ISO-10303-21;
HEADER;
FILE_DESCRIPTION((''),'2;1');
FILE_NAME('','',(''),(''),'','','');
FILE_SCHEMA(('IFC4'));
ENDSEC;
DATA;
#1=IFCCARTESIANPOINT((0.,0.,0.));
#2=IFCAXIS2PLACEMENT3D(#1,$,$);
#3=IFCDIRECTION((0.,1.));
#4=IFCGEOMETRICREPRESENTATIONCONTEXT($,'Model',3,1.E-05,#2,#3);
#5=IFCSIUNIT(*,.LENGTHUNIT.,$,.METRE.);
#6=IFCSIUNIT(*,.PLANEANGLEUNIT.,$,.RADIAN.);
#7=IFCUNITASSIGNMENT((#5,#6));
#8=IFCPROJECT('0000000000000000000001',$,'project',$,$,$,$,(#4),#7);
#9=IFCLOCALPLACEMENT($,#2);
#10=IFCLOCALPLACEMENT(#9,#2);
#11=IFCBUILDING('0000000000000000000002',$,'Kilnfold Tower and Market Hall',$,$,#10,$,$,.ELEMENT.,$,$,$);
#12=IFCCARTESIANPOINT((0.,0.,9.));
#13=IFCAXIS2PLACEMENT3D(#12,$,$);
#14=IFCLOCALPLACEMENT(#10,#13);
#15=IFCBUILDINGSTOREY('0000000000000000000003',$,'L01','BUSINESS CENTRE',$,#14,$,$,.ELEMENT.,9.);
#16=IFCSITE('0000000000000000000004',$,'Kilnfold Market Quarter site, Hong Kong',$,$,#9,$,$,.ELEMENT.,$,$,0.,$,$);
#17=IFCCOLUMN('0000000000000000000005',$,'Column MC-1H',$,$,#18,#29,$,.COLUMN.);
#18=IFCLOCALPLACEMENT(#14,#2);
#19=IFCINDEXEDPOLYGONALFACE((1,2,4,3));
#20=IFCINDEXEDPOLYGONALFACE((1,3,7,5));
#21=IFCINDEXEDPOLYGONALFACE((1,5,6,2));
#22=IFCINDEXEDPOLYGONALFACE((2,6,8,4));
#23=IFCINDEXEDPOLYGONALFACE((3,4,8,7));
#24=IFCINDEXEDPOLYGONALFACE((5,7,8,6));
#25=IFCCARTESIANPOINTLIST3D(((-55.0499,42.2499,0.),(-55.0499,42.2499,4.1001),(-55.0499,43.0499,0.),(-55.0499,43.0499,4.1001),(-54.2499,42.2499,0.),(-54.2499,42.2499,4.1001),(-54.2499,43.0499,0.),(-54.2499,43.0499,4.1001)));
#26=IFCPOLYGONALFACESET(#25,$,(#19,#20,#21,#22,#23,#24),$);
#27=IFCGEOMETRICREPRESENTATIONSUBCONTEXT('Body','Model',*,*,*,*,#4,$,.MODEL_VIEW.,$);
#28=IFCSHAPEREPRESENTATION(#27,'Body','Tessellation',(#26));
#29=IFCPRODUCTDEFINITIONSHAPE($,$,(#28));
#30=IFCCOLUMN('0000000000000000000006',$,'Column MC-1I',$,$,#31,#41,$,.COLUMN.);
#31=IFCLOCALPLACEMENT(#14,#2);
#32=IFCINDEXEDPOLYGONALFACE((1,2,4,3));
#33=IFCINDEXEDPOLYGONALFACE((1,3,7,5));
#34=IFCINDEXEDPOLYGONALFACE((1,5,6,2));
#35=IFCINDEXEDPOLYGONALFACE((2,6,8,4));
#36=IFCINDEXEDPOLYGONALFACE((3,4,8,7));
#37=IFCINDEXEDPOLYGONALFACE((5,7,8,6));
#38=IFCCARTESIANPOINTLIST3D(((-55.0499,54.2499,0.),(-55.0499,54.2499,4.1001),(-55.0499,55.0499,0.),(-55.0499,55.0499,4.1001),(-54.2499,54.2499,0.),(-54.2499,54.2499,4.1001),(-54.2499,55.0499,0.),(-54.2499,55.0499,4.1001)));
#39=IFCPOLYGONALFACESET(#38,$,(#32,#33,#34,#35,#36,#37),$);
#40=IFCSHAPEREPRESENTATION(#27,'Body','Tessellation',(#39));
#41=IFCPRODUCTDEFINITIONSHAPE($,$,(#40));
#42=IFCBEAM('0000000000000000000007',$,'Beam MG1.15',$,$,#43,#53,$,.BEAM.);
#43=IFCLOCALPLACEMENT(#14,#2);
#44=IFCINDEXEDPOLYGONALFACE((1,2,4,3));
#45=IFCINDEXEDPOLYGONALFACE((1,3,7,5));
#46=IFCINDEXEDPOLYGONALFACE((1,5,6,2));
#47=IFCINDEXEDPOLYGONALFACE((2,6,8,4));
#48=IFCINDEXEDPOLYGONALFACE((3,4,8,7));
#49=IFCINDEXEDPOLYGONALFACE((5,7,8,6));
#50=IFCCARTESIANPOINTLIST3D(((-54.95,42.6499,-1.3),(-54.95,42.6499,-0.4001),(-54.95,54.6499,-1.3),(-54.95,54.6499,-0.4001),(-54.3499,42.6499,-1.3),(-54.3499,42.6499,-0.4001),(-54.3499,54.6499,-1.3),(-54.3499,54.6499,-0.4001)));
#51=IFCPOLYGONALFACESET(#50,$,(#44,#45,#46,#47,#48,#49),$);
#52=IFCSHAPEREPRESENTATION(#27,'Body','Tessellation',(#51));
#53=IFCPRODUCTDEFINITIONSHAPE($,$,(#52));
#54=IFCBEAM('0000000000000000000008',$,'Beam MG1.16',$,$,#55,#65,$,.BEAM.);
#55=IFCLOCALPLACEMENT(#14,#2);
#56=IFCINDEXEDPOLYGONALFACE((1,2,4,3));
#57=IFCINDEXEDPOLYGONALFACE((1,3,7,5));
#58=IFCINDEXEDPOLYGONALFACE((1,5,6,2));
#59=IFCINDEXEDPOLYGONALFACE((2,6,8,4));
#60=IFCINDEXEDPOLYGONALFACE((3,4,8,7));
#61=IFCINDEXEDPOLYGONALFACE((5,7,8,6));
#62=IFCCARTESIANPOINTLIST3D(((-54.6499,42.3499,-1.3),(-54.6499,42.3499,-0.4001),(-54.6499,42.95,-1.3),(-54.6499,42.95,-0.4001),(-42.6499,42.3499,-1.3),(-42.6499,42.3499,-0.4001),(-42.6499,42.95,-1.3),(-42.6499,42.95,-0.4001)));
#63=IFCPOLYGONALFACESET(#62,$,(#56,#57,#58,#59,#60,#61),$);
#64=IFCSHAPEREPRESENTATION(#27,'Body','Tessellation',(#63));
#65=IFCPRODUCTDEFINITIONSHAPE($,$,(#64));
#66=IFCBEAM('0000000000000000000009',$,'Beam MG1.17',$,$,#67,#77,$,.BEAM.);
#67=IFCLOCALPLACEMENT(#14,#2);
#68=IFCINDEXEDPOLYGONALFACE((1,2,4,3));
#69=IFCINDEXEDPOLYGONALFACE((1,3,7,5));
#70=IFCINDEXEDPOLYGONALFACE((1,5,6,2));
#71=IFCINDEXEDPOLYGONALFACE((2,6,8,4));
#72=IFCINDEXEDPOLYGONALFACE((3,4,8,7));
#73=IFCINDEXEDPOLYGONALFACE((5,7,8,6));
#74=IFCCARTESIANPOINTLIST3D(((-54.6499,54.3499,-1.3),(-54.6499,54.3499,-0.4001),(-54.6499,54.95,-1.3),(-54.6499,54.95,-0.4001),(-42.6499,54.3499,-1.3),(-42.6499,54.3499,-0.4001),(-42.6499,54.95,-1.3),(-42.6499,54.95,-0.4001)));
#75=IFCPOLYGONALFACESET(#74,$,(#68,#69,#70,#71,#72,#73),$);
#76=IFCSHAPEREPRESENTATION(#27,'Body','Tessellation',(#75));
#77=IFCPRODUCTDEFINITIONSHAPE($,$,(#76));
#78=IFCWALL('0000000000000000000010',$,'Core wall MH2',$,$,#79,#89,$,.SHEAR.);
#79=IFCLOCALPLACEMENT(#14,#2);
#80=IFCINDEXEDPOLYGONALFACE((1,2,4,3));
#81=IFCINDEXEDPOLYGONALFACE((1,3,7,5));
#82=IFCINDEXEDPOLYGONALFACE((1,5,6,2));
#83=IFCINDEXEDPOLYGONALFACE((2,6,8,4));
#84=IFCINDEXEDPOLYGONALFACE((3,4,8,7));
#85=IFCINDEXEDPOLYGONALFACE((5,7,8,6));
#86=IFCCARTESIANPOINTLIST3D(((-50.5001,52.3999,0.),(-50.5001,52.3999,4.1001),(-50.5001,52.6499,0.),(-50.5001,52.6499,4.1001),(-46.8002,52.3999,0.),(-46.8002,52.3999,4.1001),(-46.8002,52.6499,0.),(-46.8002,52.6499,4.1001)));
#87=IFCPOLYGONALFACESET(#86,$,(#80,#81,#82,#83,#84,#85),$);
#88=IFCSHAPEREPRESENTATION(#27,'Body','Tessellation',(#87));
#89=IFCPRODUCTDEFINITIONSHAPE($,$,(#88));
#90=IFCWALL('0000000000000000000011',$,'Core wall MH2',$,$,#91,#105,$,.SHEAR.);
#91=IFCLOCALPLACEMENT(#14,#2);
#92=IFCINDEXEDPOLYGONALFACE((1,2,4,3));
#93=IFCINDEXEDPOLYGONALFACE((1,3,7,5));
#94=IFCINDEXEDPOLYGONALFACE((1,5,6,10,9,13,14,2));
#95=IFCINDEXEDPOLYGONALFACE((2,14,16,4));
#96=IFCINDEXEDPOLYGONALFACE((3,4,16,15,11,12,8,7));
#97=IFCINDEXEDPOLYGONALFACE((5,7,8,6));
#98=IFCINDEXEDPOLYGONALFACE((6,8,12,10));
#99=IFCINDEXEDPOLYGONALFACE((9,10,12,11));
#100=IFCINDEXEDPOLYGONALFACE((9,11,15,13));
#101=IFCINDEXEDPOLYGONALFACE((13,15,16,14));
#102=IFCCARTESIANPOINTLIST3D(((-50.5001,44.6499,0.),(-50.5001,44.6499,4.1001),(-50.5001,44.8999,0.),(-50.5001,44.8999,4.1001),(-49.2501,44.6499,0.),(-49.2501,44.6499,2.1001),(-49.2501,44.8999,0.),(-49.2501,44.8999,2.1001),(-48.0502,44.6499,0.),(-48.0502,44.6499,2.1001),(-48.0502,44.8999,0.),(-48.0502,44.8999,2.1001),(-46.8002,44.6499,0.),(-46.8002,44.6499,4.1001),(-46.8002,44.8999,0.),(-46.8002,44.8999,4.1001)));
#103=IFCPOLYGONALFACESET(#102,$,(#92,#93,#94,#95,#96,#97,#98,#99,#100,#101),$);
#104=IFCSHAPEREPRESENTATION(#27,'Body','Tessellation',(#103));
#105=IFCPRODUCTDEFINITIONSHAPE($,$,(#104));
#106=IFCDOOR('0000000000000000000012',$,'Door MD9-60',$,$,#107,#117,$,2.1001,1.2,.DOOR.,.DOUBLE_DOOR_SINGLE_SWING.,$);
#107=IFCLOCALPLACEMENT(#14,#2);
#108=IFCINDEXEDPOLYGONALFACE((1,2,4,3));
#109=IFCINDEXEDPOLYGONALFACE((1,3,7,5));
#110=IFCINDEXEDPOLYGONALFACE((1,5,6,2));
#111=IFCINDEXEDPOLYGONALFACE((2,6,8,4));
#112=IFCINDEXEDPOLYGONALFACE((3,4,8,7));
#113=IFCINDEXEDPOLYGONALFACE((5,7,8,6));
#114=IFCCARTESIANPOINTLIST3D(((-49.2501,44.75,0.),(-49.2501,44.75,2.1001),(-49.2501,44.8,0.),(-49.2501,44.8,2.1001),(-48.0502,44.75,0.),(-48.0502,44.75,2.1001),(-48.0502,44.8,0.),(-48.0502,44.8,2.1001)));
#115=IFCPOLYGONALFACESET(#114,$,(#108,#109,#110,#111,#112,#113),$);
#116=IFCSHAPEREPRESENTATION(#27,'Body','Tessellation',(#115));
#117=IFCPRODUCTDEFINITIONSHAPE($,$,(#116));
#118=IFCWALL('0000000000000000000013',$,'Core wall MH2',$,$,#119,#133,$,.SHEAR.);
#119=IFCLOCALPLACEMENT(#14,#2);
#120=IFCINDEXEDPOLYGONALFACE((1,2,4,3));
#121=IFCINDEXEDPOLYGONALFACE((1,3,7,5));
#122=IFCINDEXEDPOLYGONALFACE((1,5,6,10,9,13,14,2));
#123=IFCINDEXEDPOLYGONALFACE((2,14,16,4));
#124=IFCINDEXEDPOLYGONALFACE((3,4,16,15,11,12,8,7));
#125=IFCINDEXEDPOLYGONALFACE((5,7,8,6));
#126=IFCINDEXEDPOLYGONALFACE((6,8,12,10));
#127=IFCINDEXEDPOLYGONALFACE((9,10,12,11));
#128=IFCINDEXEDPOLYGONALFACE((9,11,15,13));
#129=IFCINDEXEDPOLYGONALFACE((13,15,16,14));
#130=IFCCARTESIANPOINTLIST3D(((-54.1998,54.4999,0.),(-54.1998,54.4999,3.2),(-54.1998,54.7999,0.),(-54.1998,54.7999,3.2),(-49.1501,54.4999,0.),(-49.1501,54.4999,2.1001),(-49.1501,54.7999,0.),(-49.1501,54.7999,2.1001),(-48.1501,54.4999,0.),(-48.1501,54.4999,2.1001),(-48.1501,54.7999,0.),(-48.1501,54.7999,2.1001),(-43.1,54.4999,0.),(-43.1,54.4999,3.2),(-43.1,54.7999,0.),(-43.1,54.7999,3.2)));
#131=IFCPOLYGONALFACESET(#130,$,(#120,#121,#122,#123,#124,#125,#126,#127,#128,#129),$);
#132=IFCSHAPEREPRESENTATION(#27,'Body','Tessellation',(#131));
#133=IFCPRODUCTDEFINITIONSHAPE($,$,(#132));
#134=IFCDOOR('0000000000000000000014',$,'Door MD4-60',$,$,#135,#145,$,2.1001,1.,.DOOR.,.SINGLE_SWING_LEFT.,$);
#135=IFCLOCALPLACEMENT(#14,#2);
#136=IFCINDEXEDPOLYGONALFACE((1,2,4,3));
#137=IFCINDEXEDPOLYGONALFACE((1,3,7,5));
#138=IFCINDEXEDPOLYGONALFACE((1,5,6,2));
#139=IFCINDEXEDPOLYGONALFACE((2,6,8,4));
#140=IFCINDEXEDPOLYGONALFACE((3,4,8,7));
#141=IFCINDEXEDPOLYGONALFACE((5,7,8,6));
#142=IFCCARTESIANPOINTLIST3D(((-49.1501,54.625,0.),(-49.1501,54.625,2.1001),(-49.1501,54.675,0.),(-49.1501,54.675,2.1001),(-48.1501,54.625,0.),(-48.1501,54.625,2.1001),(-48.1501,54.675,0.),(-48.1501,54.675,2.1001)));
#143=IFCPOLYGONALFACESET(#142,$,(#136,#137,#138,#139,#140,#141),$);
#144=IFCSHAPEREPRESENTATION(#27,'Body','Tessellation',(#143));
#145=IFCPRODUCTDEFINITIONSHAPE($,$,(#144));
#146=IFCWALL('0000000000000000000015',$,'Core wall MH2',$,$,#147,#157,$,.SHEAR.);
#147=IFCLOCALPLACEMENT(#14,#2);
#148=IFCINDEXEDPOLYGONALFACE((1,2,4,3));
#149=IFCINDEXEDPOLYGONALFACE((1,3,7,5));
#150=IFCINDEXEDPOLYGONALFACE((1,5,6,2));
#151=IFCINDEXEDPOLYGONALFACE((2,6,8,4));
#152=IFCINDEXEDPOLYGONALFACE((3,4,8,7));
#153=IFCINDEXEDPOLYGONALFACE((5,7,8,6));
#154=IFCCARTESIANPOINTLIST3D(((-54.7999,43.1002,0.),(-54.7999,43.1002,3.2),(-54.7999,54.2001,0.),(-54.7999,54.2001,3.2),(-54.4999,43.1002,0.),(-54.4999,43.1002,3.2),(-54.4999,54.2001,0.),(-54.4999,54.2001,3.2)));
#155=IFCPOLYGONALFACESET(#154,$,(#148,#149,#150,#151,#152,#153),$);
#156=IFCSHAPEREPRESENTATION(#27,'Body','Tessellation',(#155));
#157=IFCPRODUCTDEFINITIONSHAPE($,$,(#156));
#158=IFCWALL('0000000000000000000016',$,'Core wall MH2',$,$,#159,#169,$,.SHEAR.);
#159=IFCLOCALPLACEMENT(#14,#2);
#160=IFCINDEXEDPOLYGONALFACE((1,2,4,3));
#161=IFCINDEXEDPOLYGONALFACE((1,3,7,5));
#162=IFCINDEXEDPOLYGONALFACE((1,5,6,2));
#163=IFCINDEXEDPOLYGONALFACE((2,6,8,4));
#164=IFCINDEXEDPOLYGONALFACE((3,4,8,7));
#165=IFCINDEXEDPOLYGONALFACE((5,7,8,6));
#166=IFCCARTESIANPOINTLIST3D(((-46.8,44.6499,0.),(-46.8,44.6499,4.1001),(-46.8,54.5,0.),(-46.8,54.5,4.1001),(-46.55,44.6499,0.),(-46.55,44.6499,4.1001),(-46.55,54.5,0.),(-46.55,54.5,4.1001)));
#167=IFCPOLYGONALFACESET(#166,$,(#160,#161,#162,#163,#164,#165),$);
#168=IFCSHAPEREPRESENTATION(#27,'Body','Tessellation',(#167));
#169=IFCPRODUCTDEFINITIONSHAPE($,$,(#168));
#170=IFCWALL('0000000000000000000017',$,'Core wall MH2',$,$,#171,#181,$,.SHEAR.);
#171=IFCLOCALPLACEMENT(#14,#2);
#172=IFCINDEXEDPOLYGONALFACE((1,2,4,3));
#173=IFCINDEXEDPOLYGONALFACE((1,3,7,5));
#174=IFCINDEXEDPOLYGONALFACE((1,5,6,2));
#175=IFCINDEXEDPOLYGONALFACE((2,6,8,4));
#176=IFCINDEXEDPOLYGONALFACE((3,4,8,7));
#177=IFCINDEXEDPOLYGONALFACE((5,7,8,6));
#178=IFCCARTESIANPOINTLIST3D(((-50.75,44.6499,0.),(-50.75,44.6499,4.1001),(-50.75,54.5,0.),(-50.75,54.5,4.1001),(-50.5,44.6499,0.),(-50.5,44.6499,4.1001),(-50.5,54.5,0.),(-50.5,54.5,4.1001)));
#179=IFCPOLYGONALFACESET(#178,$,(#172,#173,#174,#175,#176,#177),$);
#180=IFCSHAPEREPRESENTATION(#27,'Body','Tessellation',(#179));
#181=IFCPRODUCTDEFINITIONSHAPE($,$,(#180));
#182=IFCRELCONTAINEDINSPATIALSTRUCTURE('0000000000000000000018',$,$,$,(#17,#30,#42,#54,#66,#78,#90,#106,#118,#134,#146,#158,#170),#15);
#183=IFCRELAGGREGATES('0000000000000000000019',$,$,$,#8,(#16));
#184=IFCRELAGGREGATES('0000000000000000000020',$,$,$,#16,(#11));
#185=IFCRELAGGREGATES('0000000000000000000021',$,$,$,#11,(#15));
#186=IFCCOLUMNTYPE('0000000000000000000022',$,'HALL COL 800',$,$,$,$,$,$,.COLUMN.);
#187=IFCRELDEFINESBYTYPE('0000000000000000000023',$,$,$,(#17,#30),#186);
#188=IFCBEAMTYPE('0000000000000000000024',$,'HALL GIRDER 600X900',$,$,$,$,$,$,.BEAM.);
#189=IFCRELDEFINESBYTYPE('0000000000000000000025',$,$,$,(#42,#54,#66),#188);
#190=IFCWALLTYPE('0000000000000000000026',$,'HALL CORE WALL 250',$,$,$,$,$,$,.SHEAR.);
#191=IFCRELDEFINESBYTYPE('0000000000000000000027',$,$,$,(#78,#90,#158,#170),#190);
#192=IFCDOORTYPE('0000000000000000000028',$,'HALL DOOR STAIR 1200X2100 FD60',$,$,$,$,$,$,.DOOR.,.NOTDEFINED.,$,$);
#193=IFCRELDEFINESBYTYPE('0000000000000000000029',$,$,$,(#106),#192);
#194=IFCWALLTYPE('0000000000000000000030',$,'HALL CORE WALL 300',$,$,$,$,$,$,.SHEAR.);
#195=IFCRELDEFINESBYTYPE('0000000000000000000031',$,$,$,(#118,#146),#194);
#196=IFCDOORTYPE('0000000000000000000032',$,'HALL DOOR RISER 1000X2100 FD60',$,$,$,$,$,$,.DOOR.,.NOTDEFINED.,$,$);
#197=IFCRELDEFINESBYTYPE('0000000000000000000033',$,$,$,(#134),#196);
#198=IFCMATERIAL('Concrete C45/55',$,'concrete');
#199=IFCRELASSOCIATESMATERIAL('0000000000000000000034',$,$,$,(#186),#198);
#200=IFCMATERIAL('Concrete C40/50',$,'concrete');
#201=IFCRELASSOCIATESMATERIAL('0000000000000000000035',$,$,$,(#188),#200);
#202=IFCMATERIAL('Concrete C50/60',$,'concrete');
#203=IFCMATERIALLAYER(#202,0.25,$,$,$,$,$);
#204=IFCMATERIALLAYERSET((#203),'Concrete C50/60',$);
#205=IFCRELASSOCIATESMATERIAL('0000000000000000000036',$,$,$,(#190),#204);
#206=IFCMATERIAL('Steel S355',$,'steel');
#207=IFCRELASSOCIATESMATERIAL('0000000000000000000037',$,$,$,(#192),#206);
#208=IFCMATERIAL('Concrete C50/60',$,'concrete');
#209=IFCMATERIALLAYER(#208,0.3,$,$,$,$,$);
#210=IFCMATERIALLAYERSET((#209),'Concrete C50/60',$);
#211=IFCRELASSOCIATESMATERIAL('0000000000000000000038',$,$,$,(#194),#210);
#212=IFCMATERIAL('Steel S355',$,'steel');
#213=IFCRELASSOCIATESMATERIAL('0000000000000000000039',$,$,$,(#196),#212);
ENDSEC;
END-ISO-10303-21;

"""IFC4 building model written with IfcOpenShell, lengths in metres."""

from ifc_helpers import new_model, si_unit, direction, frame, frame_2d, origin, origin_2d, place, context, subcontext, project, spatial, rectangle, extrude, source, transform, mapped, material, layer, layer_set, material_profile, profile_set, type_object, element, fill, save


model = new_model("IFC4")

# Units and contexts
model_context = context("Model", 3, precision=1e-05, world=origin(), true_north=direction((0.0, 1.0)))
body_context = subcontext(model_context, "Body", "Model", "MODEL_VIEW")
ifc_project = project(units=[si_unit("LENGTHUNIT", "METRE"), si_unit("PLANEANGLEUNIT", "RADIAN")], contexts=[model_context])

# Site, building, storey
site_placement = place(None, origin())
site = spatial("IfcSite", under=ifc_project, at=site_placement, Name="Kilnfold Market Quarter site, Hong Kong", CompositionType="ELEMENT", RefElevation=0.0)
building_placement = place(site_placement, origin())
building = spatial("IfcBuilding", under=site, at=building_placement, Name="Kilnfold Tower and Market Hall", CompositionType="ELEMENT")
storey_placement = place(building_placement, frame((0.0, 0.0, 9.0)))
storey = spatial("IfcBuildingStorey", under=building, at=storey_placement, Name="L01", Description="BUSINESS CENTRE", CompositionType="ELEMENT", Elevation=9.0)

# Columns
ifc_material_1 = material(Name="Concrete C45/55", Category="concrete")
ifc_material_profile_1 = material_profile(ifc_material_1, rectangle(XDim=0.8, YDim=0.8, at=origin_2d()), Name="RC 800x800")
ifc_profile_set_1 = profile_set([ifc_material_profile_1], Name="Concrete C45/55")
column_type = type_object("IfcColumnType", Name="HALL COL 800", PredefinedType="COLUMN", material=ifc_profile_set_1)
shared_shape_1 = source(origin(), body_context, "Body", "SweptSolid", [
    extrude(rectangle(XDim=0.8, YDim=0.8, at=origin_2d()), origin(), (0.0, 0.0, 1.0), 4.1001),
])
for number, where, z_axis, x_axis, name in (
    (1, (-54.6499, 42.6499, 0.0), (0.0, 0.0, 1.0), (1.0, 0.0, 0.0), "Column MC-1H"),
    (2, (-54.6499, 54.6499, 0.0), (0.0, 0.0, 1.0), (1.0, 0.0, 0.0), "Column MC-1I"),
):
    element("IfcColumn", number, at=place(storey_placement, frame(where, z_axis=z_axis, x_axis=x_axis)), inside=storey, type_object=column_type, Name=name, PredefinedType="COLUMN", context=body_context, shape_type="MappedRepresentation", body=[
        mapped(shared_shape_1, transform((0.0, 0.0, 0.0))),
    ])

# Beams
ifc_material_2 = material(Name="Concrete C40/50", Category="concrete")
ifc_material_profile_2 = material_profile(ifc_material_2, rectangle(XDim=0.6001, YDim=0.8999, at=origin_2d()), Name="RC 600x900")
ifc_profile_set_2 = profile_set([ifc_material_profile_2], Name="Concrete C40/50")
beam_type = type_object("IfcBeamType", Name="HALL GIRDER 600X900", PredefinedType="BEAM", material=ifc_profile_set_2)
for number, where, z_axis, x_axis, name in (
    (3, (-54.6499, 42.6499, -0.8501), (0.0, 1.0, 0.0), (-1.0, 0.0, 0.0), "Beam MG1.15"),
    (4, (-54.6499, 42.6499, -0.8501), (1.0, 0.0, 0.0), (0.0, 1.0, 0.0), "Beam MG1.16"),
    (5, (-54.6499, 54.6499, -0.8501), (1.0, 0.0, 0.0), (0.0, 1.0, 0.0), "Beam MG1.17"),
):
    element("IfcBeam", number, at=place(storey_placement, frame(where, z_axis=z_axis, x_axis=x_axis)), inside=storey, type_object=beam_type, Name=name, PredefinedType="BEAM", context=body_context, shape_type="SweptSolid", body=[
        extrude(rectangle(XDim=0.6001, YDim=0.8999, at=origin_2d()), origin(), (0.0, 0.0, 1.0), 12.0),
    ])

# Wall
ifc_material_3 = material(Name="Concrete C50/60", Category="concrete")
ifc_layer_1 = layer(ifc_material_3, 0.25)
ifc_layer_set_1 = layer_set([ifc_layer_1], Name="Concrete C50/60")
wall_type_1 = type_object("IfcWallType", Name="HALL CORE WALL 250", PredefinedType="SHEAR", material=ifc_layer_set_1)
shared_shape_2 = source(origin(), body_context, "Body", "SweptSolid", [
    extrude(rectangle(XDim=3.7, YDim=0.25, at=frame_2d((1.8501, 0.0))), origin(), (0.0, 0.0, 1.0), 4.1001),
])
wall_1_placement = place(storey_placement, frame((-46.8, 52.5249, 0.0), z_axis=(0.0, 0.0, 1.0), x_axis=(-1.0, 0.0, 0.0)))
element("IfcWall", 6, at=wall_1_placement, inside=storey, type_object=wall_type_1, Name="Core wall MH2", PredefinedType="SHEAR", context=body_context, shape_type="MappedRepresentation", body=[
    mapped(shared_shape_2, transform((0.0, 0.0, 0.0))),
])

# Walls, openings, doors
wall_2_placement = place(storey_placement, frame((-46.8, 44.7749, 0.0), z_axis=(0.0, 0.0, 1.0), x_axis=(-1.0, 0.0, 0.0)))
wall_2 = element("IfcWall", 7, at=wall_2_placement, inside=storey, type_object=wall_type_1, Name="Core wall MH2", PredefinedType="SHEAR", context=body_context, shape_type="MappedRepresentation", body=[
    mapped(shared_shape_2, transform((0.0, 0.0, 0.0))),
])
opening_1_placement = place(wall_2_placement, frame((1.25, 0.0, 0.0)))
opening_1 = element("IfcOpeningElement", 8, at=opening_1_placement, cuts=wall_2, PredefinedType="OPENING", context=body_context, shape_type="SweptSolid", body=[
    extrude(rectangle(XDim=1.2, YDim=2.1001, at=frame_2d((0.6001, 1.05))), frame((0.0, 0.135, 0.0), z_axis=(0.0, -1.0, 0.0), x_axis=(1.0, 0.0, 0.0)), (0.0, 0.0, 1.0), 0.27),
])
ifc_material_4 = material(Name="Steel S355", Category="steel")
door_type_1 = type_object("IfcDoorType", Name="HALL DOOR STAIR 1200X2100 FD60", OperationType="NOTDEFINED", PredefinedType="DOOR", material=ifc_material_4)
door_1_placement = place(opening_1_placement, origin())
door_1 = element("IfcDoor", 9, at=door_1_placement, inside=storey, type_object=door_type_1, Name="Door MD9-60", OperationType="DOUBLE_DOOR_SINGLE_SWING", OverallHeight=2.1001, OverallWidth=1.2, PredefinedType="DOOR", context=body_context, shape_type="SweptSolid", body=[
    extrude(rectangle(XDim=1.2, YDim=2.1001, at=frame_2d((0.6001, 1.05))), frame((0.0, 0.0249, 0.0), z_axis=(0.0, -1.0, 0.0), x_axis=(1.0, 0.0, 0.0)), (0.0, 0.0, 1.0), 0.05),
])
fill(opening_1, door_1)
ifc_material_5 = material(Name="Concrete C50/60", Category="concrete")
ifc_layer_2 = layer(ifc_material_5, 0.3)
ifc_layer_set_2 = layer_set([ifc_layer_2], Name="Concrete C50/60")
wall_type_2 = type_object("IfcWallType", Name="HALL CORE WALL 300", PredefinedType="SHEAR", material=ifc_layer_set_2)
shared_shape_3 = source(origin(), body_context, "Body", "SweptSolid", [
    extrude(rectangle(XDim=11.0999, YDim=0.3, at=frame_2d((5.5498, 0.0))), origin(), (0.0, 0.0, 1.0), 3.2),
])
wall_3_placement = place(storey_placement, frame((-43.1001, 54.6499, 0.0), z_axis=(0.0, 0.0, 1.0), x_axis=(-1.0, 0.0, 0.0)))
wall_3 = element("IfcWall", 10, at=wall_3_placement, inside=storey, type_object=wall_type_2, Name="Core wall MH2", PredefinedType="SHEAR", context=body_context, shape_type="MappedRepresentation", body=[
    mapped(shared_shape_3, transform((0.0, 0.0, 0.0))),
])
opening_2_placement = place(wall_3_placement, frame((5.05, 0.0, 0.0)))
opening_2 = element("IfcOpeningElement", 11, at=opening_2_placement, cuts=wall_3, PredefinedType="OPENING", context=body_context, shape_type="SweptSolid", body=[
    extrude(rectangle(XDim=1.0, YDim=2.1001, at=frame_2d((0.5, 1.05))), frame((0.0, 0.1602, 0.0), z_axis=(0.0, -1.0, 0.0), x_axis=(1.0, 0.0, 0.0)), (0.0, 0.0, 1.0), 0.3201),
])
ifc_material_6 = material(Name="Steel S355", Category="steel")
door_type_2 = type_object("IfcDoorType", Name="HALL DOOR RISER 1000X2100 FD60", OperationType="NOTDEFINED", PredefinedType="DOOR", material=ifc_material_6)
door_2_placement = place(opening_2_placement, origin())
door_2 = element("IfcDoor", 12, at=door_2_placement, inside=storey, type_object=door_type_2, Name="Door MD4-60", OperationType="SINGLE_SWING_LEFT", OverallHeight=2.1001, OverallWidth=1.0, PredefinedType="DOOR", context=body_context, shape_type="SweptSolid", body=[
    extrude(rectangle(XDim=1.0, YDim=2.1001, at=frame_2d((0.5, 1.05))), frame((0.0, 0.0249, 0.0), z_axis=(0.0, -1.0, 0.0), x_axis=(1.0, 0.0, 0.0)), (0.0, 0.0, 1.0), 0.05),
])
fill(opening_2, door_2)

# Walls
wall_4_placement = place(storey_placement, frame((-54.6499, 54.2, 0.0), z_axis=(0.0, 0.0, 1.0), x_axis=(0.0, -1.0, 0.0)))
element("IfcWall", 13, at=wall_4_placement, inside=storey, type_object=wall_type_2, Name="Core wall MH2", PredefinedType="SHEAR", context=body_context, shape_type="MappedRepresentation", body=[
    mapped(shared_shape_3, transform((0.0, 0.0, 0.0))),
])
shared_shape_4 = source(origin(), body_context, "Body", "SweptSolid", [
    extrude(rectangle(XDim=9.8501, YDim=0.25, at=frame_2d((4.925, 0.0))), origin(), (0.0, 0.0, 1.0), 4.1001),
])
for number, where, z_axis, x_axis, name in (
    (14, (-46.675, 54.5, 0.0), (0.0, 0.0, 1.0), (0.0, -1.0, 0.0), "Core wall MH2"),
    (15, (-50.625, 54.5, 0.0), (0.0, 0.0, 1.0), (0.0, -1.0, 0.0), "Core wall MH2"),
):
    element("IfcWall", number, at=place(storey_placement, frame(where, z_axis=z_axis, x_axis=x_axis)), inside=storey, type_object=wall_type_1, Name=name, PredefinedType="SHEAR", context=body_context, shape_type="MappedRepresentation", body=[
        mapped(shared_shape_4, transform((0.0, 0.0, 0.0))),
    ])

save(model, "model.ifc")
